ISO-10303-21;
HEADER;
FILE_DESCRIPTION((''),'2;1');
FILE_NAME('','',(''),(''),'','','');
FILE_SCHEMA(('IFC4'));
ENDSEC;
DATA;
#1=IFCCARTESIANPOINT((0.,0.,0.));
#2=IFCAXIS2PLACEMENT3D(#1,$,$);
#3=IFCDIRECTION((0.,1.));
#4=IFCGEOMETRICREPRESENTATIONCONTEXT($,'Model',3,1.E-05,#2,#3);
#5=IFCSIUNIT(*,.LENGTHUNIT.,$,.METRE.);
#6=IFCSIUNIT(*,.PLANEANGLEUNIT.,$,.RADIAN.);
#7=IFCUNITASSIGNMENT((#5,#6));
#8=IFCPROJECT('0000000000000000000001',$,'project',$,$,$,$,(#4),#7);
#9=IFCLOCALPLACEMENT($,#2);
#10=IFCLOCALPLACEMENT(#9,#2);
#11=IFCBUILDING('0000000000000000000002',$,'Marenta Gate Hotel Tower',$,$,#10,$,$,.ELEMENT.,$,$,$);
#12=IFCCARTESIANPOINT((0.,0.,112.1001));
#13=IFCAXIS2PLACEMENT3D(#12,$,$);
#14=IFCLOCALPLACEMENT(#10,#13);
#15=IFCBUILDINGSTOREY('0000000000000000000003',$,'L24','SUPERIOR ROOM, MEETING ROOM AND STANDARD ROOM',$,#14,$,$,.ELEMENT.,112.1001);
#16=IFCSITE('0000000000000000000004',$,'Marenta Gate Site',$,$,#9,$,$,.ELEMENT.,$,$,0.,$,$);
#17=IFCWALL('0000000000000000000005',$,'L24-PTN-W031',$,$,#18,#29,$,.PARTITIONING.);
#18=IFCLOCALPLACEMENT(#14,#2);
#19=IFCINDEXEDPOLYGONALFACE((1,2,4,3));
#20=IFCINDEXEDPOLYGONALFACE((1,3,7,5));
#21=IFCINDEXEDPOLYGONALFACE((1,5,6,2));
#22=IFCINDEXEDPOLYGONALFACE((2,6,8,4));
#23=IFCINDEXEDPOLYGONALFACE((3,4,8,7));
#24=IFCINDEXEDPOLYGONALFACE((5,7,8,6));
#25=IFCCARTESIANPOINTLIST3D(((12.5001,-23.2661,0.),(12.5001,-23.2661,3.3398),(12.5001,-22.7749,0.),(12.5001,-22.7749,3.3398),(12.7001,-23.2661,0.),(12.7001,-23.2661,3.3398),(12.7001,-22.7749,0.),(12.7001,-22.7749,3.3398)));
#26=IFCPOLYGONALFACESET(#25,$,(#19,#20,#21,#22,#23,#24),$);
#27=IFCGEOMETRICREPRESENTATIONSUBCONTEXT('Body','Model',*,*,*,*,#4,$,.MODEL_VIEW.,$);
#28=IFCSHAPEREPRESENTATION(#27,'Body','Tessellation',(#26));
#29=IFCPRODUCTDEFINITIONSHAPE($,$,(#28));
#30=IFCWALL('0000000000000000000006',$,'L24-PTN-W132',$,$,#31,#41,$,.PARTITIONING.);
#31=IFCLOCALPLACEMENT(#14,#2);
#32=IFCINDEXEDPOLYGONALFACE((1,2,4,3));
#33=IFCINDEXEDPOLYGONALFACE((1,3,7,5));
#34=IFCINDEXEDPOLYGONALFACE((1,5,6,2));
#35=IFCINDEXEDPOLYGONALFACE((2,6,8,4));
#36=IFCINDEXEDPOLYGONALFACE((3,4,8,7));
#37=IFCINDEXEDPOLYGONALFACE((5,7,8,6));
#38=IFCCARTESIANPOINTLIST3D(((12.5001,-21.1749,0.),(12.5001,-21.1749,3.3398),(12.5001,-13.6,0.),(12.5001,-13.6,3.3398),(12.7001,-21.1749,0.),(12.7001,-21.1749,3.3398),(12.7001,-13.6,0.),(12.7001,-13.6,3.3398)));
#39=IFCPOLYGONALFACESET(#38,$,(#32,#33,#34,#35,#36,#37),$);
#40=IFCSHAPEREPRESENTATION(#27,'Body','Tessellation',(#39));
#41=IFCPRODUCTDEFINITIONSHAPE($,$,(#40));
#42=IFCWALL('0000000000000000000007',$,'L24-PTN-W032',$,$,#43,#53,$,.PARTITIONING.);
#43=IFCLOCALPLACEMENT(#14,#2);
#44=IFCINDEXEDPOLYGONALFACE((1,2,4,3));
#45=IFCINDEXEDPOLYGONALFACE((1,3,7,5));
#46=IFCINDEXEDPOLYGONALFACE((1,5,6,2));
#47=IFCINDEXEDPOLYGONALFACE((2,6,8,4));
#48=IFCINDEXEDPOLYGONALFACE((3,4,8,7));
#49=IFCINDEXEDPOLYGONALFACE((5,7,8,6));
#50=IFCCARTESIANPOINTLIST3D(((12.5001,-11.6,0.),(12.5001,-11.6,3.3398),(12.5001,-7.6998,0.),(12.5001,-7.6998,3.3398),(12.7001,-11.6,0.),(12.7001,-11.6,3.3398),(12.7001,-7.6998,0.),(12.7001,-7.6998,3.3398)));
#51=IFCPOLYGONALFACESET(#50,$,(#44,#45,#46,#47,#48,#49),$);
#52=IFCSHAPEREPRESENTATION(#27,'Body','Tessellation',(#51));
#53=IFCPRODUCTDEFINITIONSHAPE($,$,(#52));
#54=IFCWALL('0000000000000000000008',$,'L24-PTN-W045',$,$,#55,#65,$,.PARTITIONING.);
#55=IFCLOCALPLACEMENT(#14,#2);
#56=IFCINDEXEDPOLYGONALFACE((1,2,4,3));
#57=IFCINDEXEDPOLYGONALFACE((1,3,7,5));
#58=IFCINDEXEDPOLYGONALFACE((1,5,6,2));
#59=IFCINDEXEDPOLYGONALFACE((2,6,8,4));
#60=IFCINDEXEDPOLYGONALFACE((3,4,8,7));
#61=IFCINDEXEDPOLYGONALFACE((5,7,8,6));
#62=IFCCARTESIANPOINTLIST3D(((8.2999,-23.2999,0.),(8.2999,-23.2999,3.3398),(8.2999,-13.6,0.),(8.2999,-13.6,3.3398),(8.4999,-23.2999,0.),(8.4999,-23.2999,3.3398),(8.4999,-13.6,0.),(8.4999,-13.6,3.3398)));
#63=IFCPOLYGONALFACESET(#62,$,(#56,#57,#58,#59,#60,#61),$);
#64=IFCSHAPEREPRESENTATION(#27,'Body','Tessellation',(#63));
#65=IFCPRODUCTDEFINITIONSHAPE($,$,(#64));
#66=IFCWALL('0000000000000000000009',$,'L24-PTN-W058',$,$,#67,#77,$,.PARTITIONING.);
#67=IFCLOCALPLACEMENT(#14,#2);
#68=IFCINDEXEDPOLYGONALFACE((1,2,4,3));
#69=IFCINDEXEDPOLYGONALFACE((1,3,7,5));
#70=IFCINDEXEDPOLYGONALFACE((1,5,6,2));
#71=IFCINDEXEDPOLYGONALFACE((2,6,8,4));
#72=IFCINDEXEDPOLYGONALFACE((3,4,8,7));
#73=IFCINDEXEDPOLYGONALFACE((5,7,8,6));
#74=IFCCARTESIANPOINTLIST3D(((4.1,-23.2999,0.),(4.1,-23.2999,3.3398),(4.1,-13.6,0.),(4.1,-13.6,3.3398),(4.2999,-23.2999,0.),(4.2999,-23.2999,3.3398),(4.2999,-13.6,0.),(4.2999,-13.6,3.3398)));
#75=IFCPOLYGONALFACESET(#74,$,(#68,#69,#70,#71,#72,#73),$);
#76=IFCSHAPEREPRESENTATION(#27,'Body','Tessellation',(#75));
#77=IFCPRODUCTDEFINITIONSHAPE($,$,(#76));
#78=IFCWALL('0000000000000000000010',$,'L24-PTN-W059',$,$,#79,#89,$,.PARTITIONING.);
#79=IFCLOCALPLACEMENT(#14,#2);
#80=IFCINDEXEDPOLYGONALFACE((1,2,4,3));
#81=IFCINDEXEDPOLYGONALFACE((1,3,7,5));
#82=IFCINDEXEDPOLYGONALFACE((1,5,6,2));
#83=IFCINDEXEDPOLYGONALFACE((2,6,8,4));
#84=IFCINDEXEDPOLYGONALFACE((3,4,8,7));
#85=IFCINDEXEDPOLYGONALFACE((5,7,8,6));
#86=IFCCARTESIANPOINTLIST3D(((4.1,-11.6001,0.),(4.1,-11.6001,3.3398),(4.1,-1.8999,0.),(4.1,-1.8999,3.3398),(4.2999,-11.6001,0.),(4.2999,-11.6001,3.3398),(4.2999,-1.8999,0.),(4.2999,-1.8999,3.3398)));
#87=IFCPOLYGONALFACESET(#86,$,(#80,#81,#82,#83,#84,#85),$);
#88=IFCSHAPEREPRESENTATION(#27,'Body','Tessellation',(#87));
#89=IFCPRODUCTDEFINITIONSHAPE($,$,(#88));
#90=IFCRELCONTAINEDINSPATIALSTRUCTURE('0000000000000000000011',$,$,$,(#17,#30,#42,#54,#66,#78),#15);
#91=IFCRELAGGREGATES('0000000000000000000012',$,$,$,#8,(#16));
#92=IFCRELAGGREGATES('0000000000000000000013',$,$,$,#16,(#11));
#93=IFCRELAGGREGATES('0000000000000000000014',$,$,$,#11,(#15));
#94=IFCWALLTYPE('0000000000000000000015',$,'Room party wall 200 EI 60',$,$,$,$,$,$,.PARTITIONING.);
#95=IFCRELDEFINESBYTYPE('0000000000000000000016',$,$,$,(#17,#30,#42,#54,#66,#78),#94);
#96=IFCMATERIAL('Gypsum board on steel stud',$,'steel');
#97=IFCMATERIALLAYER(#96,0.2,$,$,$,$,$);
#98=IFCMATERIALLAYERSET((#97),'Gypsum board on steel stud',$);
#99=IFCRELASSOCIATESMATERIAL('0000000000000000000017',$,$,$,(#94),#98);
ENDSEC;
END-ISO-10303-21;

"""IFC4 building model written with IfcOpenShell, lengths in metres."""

from ifc_helpers import new_model, si_unit, direction, frame, frame_2d, origin, place, context, subcontext, project, spatial, rectangle, extrude, material, layer, layer_set, type_object, element, save


model = new_model("IFC4")

# Units and contexts
model_context = context("Model", 3, precision=1e-05, world=origin(), true_north=direction((0.0, 1.0)))
body_context = subcontext(model_context, "Body", "Model", "MODEL_VIEW")
ifc_project = project(units=[si_unit("LENGTHUNIT", "METRE"), si_unit("PLANEANGLEUNIT", "RADIAN")], contexts=[model_context])

# Site, building, storey
site_placement = place(None, origin())
site = spatial("IfcSite", under=ifc_project, at=site_placement, Name="Marenta Gate Site", CompositionType="ELEMENT", RefElevation=0.0)
building_placement = place(site_placement, origin())
building = spatial("IfcBuilding", under=site, at=building_placement, Name="Marenta Gate Hotel Tower", CompositionType="ELEMENT")
storey_placement = place(building_placement, frame((0.0, 0.0, 112.1001)))
storey = spatial("IfcBuildingStorey", under=building, at=storey_placement, Name="L24", Description="SUPERIOR ROOM, MEETING ROOM AND STANDARD ROOM", CompositionType="ELEMENT", Elevation=112.1001)

# Walls
ifc_material_1 = material(Name="Gypsum board on steel stud", Category="steel")
ifc_layer_1 = layer(ifc_material_1, 0.2)
ifc_layer_set_1 = layer_set([ifc_layer_1], Name="Gypsum board on steel stud")
wall_type_1 = type_object("IfcWallType", Name="Room party wall 200 EI 60", PredefinedType="PARTITIONING", material=ifc_layer_set_1)
wall_1_placement = place(storey_placement, frame((12.6001, -23.2661, 0.0), z_axis=(0.0, 0.0, 1.0), x_axis=(0.0, 1.0, 0.0)))
element("IfcWall", 1, at=wall_1_placement, inside=storey, type_object=wall_type_1, Name="L24-PTN-W031", PredefinedType="PARTITIONING", context=body_context, shape_type="SweptSolid", body=[
    extrude(rectangle(XDim=0.4912, YDim=0.2, at=frame_2d((0.2456, 0.0))), origin(), (0.0, 0.0, 1.0), 3.3398),
])
wall_2_placement = place(storey_placement, frame((12.6001, -21.175, 0.0), z_axis=(0.0, 0.0, 1.0), x_axis=(0.0, 1.0, 0.0)))
element("IfcWall", 2, at=wall_2_placement, inside=storey, type_object=wall_type_1, Name="L24-PTN-W132", PredefinedType="PARTITIONING", context=body_context, shape_type="SweptSolid", body=[
    extrude(rectangle(XDim=7.575, YDim=0.2, at=frame_2d((3.7876, 0.0))), origin(), (0.0, 0.0, 1.0), 3.3398),
])
wall_3_placement = place(storey_placement, frame((12.6001, -11.6001, 0.0), z_axis=(0.0, 0.0, 1.0), x_axis=(0.0, 1.0, 0.0)))
element("IfcWall", 3, at=wall_3_placement, inside=storey, type_object=wall_type_1, Name="L24-PTN-W032", PredefinedType="PARTITIONING", context=body_context, shape_type="SweptSolid", body=[
    extrude(rectangle(XDim=3.9001, YDim=0.2, at=frame_2d((1.9502, 0.0))), origin(), (0.0, 0.0, 1.0), 3.3398),
])
for number, where, z_axis, x_axis, name in (
    (4, (8.3999, -23.3, 0.0), (0.0, 0.0, 1.0), (0.0, 1.0, 0.0), "L24-PTN-W045"),
    (5, (4.2, -23.3, 0.0), (0.0, 0.0, 1.0), (0.0, 1.0, 0.0), "L24-PTN-W058"),
):
    element("IfcWall", number, at=place(storey_placement, frame(where, z_axis=z_axis, x_axis=x_axis)), inside=storey, type_object=wall_type_1, Name=name, PredefinedType="PARTITIONING", context=body_context, shape_type="SweptSolid", body=[
        extrude(rectangle(XDim=9.7, YDim=0.2, at=frame_2d((4.8501, 0.0))), origin(), (0.0, 0.0, 1.0), 3.3398),
    ])
wall_4_placement = place(storey_placement, frame((4.2, -11.6001, 0.0), z_axis=(0.0, 0.0, 1.0), x_axis=(0.0, 1.0, 0.0)))
element("IfcWall", 6, at=wall_4_placement, inside=storey, type_object=wall_type_1, Name="L24-PTN-W059", PredefinedType="PARTITIONING", context=body_context, shape_type="SweptSolid", body=[
    extrude(rectangle(XDim=9.7002, YDim=0.2, at=frame_2d((4.8501, 0.0))), origin(), (0.0, 0.0, 1.0), 3.3398),
])

save(model, "model.ifc")
